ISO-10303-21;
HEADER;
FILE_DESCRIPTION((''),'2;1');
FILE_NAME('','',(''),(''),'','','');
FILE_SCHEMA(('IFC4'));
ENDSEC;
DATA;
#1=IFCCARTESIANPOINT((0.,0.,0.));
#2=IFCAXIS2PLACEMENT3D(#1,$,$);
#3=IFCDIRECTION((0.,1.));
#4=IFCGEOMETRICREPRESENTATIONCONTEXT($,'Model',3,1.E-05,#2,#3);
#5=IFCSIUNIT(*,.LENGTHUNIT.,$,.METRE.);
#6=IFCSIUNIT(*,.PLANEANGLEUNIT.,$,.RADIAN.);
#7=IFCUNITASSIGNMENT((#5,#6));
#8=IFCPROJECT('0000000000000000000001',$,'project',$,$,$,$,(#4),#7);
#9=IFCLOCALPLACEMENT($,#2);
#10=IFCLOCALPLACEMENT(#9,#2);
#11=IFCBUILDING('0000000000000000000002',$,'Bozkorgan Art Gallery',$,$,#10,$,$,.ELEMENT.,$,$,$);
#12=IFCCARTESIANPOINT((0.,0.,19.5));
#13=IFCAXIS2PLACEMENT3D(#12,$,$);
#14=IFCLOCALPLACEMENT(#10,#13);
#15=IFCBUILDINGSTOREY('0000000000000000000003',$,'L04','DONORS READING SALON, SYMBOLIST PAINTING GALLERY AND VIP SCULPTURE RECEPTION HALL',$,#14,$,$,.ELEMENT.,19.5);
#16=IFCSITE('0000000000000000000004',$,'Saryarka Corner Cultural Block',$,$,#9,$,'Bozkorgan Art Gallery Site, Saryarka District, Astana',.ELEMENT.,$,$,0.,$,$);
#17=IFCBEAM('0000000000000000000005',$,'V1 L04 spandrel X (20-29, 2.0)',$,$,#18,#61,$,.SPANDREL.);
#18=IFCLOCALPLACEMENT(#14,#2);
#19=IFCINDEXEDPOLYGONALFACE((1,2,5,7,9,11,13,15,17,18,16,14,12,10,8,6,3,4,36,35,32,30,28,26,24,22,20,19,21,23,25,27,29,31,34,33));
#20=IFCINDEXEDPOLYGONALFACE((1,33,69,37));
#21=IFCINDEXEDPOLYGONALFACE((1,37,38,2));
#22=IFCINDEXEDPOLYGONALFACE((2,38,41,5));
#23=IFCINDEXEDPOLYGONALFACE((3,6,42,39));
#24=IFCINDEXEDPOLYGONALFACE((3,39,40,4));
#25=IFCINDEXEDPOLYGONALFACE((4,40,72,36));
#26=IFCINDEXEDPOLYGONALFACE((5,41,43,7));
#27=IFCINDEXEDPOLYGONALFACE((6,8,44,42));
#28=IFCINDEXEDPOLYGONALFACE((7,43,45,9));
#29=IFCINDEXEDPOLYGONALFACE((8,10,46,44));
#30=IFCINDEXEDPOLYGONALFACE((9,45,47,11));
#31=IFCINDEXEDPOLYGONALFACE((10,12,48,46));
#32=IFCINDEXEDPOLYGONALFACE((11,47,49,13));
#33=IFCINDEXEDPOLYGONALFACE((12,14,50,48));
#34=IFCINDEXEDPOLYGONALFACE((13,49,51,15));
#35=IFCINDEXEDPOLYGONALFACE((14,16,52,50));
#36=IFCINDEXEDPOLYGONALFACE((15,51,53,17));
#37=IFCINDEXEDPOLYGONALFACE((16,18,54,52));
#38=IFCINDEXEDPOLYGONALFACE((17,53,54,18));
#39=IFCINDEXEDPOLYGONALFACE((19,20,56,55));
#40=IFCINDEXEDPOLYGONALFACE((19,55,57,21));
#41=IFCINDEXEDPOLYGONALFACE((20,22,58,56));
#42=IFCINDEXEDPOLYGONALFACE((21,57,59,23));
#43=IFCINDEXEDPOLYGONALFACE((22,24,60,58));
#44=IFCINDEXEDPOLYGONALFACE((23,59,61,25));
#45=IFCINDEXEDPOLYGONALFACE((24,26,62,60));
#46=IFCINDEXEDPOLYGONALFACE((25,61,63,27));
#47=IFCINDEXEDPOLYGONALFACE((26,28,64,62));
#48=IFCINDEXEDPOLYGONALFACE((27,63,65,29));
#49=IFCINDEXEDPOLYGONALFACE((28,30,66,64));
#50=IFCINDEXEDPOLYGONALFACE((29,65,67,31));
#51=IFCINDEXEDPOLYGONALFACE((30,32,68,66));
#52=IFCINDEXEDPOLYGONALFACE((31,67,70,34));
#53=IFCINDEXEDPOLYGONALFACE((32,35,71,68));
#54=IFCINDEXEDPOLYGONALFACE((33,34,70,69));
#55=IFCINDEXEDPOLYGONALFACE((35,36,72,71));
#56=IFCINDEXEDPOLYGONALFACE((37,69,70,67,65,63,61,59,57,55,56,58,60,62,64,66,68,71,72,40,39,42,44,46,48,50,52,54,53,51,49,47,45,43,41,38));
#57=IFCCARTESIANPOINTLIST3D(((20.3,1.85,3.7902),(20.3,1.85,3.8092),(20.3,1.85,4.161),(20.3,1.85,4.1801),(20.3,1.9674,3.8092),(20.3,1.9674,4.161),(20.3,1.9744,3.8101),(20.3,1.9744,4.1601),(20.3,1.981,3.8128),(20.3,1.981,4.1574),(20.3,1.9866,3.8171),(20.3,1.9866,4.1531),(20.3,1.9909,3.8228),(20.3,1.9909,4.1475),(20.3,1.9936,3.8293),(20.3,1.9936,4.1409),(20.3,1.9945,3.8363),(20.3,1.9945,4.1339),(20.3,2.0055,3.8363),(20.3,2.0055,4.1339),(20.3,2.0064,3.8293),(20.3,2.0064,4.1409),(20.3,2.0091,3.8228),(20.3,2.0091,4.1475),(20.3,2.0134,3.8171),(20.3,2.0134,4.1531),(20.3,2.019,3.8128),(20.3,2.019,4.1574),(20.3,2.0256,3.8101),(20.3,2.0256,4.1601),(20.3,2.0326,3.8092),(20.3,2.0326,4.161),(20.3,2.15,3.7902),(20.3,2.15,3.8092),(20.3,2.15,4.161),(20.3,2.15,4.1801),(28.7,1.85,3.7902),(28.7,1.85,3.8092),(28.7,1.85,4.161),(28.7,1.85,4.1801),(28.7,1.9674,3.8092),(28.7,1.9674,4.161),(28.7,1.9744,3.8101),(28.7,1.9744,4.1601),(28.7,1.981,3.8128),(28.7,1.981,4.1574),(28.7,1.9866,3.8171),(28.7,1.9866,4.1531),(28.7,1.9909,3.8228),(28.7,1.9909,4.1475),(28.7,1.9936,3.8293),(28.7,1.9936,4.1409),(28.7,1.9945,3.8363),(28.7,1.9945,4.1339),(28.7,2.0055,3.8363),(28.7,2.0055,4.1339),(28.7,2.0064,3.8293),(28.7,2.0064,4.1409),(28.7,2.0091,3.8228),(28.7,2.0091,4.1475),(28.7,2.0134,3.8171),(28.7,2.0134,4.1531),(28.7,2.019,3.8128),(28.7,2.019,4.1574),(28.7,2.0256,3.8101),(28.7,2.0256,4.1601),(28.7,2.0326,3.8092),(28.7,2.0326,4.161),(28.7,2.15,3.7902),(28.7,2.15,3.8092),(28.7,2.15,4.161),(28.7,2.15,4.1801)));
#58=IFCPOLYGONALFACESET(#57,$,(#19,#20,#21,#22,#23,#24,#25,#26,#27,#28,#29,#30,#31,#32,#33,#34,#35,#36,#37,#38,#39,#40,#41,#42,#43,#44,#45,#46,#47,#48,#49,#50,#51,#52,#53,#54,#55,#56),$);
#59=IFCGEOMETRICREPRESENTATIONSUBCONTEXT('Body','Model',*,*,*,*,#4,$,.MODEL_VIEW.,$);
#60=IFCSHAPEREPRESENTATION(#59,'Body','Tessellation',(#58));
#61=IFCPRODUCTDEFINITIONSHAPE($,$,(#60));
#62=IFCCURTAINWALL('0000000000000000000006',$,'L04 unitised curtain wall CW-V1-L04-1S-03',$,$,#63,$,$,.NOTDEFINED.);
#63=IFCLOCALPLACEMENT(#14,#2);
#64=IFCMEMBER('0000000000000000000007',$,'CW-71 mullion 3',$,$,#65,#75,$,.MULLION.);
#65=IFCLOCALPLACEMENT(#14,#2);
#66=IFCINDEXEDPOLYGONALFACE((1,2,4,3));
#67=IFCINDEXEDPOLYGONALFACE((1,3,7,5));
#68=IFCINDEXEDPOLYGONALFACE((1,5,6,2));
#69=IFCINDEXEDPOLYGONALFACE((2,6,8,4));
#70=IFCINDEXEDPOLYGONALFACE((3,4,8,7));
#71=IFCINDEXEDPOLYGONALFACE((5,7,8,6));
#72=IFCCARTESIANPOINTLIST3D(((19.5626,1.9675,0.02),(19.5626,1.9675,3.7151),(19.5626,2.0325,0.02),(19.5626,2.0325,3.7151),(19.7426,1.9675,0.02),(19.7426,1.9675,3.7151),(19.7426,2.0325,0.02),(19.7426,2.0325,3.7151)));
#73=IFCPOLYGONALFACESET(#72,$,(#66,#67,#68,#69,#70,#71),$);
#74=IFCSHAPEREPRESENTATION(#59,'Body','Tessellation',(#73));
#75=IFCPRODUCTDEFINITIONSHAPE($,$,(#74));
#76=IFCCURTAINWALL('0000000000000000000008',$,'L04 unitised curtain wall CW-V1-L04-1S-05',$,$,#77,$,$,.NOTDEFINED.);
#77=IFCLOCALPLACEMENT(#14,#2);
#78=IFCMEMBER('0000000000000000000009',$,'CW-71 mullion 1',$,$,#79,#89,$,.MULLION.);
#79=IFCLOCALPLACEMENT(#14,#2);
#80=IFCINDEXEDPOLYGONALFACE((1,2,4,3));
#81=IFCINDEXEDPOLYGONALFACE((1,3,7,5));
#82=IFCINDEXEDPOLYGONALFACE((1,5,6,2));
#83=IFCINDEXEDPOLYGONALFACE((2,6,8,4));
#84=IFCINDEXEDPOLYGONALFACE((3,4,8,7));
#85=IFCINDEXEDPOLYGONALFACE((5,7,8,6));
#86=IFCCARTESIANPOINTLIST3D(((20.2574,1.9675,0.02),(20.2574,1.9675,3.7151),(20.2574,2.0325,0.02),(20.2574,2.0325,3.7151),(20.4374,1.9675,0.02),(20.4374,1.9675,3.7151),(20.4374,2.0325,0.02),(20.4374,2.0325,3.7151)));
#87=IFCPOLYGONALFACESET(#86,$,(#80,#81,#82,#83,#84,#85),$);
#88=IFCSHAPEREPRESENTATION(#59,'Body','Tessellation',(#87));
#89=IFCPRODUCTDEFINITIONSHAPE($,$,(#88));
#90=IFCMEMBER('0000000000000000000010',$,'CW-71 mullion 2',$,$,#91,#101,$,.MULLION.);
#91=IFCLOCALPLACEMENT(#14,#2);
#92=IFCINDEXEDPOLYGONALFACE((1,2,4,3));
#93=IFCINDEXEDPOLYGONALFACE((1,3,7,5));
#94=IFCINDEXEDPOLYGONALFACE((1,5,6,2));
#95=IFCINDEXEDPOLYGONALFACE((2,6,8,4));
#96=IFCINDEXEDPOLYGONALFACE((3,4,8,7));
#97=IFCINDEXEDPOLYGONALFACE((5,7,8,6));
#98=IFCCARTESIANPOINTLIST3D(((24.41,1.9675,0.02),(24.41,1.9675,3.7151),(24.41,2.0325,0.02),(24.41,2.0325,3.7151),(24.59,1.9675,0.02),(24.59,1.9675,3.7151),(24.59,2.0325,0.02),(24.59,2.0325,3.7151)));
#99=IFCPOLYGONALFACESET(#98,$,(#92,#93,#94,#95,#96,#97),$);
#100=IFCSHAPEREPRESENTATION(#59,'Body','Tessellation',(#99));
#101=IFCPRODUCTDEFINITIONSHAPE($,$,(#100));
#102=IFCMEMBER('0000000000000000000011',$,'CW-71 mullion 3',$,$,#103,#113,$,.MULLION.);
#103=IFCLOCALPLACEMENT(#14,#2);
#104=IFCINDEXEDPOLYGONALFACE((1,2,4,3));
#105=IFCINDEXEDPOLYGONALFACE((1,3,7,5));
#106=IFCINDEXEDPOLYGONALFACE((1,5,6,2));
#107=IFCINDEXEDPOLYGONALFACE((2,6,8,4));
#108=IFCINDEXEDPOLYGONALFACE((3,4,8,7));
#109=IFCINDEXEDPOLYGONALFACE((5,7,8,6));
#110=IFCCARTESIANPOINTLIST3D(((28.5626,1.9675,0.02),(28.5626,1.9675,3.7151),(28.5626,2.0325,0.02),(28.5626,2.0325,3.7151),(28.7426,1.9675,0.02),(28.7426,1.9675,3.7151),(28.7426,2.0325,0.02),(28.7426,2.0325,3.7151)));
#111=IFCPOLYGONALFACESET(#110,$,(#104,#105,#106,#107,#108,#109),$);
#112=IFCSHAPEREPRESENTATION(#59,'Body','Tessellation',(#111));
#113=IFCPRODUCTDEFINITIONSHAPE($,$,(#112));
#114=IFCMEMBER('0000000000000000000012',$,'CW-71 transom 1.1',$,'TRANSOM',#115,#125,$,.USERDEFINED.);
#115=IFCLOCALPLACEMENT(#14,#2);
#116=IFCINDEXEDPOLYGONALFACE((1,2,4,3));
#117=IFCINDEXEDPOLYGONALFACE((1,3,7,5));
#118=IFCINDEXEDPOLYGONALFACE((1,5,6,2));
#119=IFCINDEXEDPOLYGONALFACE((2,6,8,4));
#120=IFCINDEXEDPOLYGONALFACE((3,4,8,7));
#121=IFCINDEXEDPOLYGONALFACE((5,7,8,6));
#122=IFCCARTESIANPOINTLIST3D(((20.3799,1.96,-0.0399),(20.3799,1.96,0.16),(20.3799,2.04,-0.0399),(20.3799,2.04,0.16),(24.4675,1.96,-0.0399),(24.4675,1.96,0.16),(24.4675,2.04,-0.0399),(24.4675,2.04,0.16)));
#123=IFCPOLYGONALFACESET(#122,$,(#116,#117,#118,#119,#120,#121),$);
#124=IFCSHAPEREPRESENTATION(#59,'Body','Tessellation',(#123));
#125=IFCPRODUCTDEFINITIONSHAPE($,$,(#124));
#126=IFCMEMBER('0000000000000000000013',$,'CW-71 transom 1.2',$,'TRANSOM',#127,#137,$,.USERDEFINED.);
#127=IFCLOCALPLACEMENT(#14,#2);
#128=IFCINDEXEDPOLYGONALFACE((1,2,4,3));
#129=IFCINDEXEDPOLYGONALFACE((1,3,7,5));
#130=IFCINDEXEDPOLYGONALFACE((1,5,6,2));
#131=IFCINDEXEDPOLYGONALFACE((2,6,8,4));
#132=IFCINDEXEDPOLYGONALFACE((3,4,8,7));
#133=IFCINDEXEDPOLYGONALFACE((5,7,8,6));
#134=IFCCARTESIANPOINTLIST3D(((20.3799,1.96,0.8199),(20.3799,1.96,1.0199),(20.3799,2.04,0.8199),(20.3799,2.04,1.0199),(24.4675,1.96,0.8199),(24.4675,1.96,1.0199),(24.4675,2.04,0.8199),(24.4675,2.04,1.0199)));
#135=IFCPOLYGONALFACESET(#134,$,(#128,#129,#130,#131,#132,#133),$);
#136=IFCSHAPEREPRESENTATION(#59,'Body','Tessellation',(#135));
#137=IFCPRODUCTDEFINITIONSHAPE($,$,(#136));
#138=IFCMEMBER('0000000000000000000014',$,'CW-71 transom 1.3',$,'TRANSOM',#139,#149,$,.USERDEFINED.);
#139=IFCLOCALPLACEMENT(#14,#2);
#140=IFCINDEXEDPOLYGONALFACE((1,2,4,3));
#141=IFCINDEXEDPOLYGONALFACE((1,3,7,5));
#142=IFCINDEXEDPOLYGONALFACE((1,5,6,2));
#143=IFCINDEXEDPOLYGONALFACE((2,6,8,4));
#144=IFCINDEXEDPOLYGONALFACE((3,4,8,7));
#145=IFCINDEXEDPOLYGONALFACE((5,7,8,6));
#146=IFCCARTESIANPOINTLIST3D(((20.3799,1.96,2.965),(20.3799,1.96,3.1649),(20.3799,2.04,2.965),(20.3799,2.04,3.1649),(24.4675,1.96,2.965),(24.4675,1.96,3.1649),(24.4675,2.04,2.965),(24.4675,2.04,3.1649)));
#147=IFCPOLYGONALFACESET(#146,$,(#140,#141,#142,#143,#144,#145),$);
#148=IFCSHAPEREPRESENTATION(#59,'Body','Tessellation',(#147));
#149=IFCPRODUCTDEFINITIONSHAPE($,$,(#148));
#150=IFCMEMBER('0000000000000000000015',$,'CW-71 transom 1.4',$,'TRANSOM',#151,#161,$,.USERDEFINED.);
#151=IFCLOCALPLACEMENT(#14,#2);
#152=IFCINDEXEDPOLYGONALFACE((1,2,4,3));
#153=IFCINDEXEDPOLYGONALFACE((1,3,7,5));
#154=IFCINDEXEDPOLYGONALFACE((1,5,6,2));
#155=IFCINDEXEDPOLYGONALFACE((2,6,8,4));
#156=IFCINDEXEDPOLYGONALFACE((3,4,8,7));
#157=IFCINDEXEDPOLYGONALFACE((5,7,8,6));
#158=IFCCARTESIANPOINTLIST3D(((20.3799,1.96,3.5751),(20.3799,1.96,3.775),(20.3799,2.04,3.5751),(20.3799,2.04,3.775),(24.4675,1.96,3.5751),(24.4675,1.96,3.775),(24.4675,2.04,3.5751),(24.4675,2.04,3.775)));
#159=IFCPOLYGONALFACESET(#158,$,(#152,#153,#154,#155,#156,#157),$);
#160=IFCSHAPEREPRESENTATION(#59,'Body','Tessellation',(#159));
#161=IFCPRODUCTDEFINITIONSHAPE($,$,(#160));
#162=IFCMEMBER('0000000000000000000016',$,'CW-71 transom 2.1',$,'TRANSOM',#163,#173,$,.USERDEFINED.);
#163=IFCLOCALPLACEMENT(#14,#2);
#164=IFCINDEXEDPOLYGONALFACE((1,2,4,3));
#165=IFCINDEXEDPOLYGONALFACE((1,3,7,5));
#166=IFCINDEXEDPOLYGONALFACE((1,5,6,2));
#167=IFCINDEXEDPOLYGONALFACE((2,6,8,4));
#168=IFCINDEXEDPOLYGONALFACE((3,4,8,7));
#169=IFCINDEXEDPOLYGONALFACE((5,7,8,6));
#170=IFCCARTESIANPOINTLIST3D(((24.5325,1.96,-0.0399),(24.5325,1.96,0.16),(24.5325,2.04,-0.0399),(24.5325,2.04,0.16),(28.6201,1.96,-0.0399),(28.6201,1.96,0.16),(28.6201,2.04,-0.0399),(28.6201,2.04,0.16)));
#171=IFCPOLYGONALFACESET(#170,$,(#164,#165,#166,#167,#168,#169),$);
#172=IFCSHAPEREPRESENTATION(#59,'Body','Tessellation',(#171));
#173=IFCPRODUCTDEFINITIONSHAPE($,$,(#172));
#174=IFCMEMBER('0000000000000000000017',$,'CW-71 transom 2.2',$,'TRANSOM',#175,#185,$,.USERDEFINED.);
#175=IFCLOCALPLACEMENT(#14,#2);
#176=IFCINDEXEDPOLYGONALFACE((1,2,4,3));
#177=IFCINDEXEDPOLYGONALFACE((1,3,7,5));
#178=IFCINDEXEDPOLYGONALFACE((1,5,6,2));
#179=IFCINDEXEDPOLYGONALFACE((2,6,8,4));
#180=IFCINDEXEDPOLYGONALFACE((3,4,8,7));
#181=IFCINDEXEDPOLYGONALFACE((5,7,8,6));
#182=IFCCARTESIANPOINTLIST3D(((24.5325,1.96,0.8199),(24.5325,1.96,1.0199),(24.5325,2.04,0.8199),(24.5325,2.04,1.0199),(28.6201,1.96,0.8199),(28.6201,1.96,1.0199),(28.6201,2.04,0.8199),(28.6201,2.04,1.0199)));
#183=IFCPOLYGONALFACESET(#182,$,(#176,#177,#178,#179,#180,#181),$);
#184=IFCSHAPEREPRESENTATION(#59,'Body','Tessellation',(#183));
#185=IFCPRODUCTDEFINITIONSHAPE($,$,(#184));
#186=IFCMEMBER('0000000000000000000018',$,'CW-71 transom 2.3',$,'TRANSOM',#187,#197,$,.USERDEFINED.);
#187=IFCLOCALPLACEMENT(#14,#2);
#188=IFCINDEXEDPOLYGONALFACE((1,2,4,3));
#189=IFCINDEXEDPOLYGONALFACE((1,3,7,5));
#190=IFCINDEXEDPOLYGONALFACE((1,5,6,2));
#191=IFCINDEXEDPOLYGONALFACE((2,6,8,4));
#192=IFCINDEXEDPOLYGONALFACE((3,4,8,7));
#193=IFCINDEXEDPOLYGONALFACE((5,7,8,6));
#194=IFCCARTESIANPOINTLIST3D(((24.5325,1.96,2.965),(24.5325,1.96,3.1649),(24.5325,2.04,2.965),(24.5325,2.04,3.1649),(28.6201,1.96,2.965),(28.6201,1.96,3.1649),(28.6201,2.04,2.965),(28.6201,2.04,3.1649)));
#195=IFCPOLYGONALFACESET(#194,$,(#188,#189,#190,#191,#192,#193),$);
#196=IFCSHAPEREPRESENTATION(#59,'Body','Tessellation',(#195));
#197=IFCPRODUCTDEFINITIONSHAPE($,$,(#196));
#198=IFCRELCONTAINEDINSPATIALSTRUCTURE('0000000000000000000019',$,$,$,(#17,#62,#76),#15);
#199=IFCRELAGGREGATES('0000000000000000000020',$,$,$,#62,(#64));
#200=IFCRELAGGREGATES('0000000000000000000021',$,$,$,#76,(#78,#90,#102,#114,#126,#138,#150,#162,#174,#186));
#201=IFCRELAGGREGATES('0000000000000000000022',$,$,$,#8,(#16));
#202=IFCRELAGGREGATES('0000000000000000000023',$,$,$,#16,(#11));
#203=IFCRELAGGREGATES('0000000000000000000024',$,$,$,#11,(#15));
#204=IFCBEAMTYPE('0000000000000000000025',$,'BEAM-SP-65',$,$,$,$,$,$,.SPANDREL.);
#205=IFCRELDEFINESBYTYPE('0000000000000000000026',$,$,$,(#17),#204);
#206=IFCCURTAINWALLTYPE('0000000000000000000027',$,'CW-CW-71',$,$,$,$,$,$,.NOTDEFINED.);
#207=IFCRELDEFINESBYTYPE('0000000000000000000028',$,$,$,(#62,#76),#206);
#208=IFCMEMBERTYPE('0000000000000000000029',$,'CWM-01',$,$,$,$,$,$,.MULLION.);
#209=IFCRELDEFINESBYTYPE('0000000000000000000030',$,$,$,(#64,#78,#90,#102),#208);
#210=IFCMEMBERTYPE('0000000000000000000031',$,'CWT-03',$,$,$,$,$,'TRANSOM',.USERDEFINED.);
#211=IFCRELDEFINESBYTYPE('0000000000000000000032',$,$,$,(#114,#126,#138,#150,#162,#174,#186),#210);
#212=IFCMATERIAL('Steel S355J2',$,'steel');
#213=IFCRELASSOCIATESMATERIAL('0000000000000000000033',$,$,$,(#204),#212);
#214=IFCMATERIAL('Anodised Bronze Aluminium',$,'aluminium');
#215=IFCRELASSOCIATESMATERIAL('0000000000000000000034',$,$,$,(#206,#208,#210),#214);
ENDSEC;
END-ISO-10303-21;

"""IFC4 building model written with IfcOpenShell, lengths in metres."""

from ifc_helpers import new_model, si_unit, direction, frame, origin, origin_2d, place, context, subcontext, project, spatial, rectangle, i_section, extrude, material, material_profile, profile_set, type_object, element, aggregate, save


model = new_model("IFC4")

# Units and contexts
model_context = context("Model", 3, precision=1e-05, world=origin(), true_north=direction((0.0, 1.0)))
body_context = subcontext(model_context, "Body", "Model", "MODEL_VIEW")
ifc_project = project(units=[si_unit("LENGTHUNIT", "METRE"), si_unit("PLANEANGLEUNIT", "RADIAN")], contexts=[model_context])

# Site, building, storey
site_placement = place(None, origin())
site = spatial("IfcSite", under=ifc_project, at=site_placement, Name="Saryarka Corner Cultural Block", LongName="Bozkorgan Art Gallery Site, Saryarka District, Astana", CompositionType="ELEMENT", RefElevation=0.0)
building_placement = place(site_placement, origin())
building = spatial("IfcBuilding", under=site, at=building_placement, Name="Bozkorgan Art Gallery", CompositionType="ELEMENT")
storey_placement = place(building_placement, frame((0.0, 0.0, 19.5)))
storey = spatial("IfcBuildingStorey", under=building, at=storey_placement, Name="L04", Description="DONORS READING SALON, SYMBOLIST PAINTING GALLERY AND VIP SCULPTURE RECEPTION HALL", CompositionType="ELEMENT", Elevation=19.5)

# Beam
ifc_material_1 = material(Name="Steel S355J2", Category="steel")
ifc_material_profile_1 = material_profile(ifc_material_1, i_section(OverallWidth=0.3, OverallDepth=0.3899, WebThickness=0.011, FlangeThickness=0.019, FilletRadius=0.0271, at=origin_2d()), Name="HEA 400")
ifc_profile_set_1 = profile_set([ifc_material_profile_1], Name="Steel S355J2")
beam_type_1 = type_object("IfcBeamType", Name="BEAM-SP-65", PredefinedType="SPANDREL", material=ifc_profile_set_1)
beam_1_placement = place(storey_placement, frame((20.3, 2.0, 3.9851), z_axis=(1.0, 0.0, 0.0), x_axis=(0.0, 1.0, 0.0)))
element("IfcBeam", 1, at=beam_1_placement, inside=storey, type_object=beam_type_1, Name="V1 L04 spandrel X (20-29, 2.0)", PredefinedType="SPANDREL", context=body_context, shape_type="SweptSolid", body=[
    extrude(i_section(OverallWidth=0.3, OverallDepth=0.3899, WebThickness=0.011, FlangeThickness=0.019, FilletRadius=0.0271, at=origin_2d()), origin(), (0.0, 0.0, 1.0), 8.3999),
])

# Curtain wall, member
ifc_material_2 = material(Name="Anodised Bronze Aluminium", Category="aluminium")
curtain_wall_type = type_object("IfcCurtainWallType", Name="CW-CW-71", PredefinedType="NOTDEFINED", material=ifc_material_2)
curtain_wall_1_placement = place(storey_placement, origin())
curtain_wall_1 = element("IfcCurtainWall", 2, at=curtain_wall_1_placement, inside=storey, type_object=curtain_wall_type, Name="L04 unitised curtain wall CW-V1-L04-1S-03", PredefinedType="NOTDEFINED")
ifc_material_profile_2 = material_profile(ifc_material_2, rectangle(XDim=0.0649, YDim=0.1799, at=origin_2d()), Name="ALU MULLION 65x180")
ifc_profile_set_2 = profile_set([ifc_material_profile_2], Name="Anodised Bronze Aluminium")
member_type_1 = type_object("IfcMemberType", Name="CWM-01", PredefinedType="MULLION", material=ifc_profile_set_2)
member_1_placement = place(storey_placement, frame((19.6526, 2.0, 0.02), z_axis=(0.0, 0.0, 1.0), x_axis=(0.0, 1.0, 0.0)))
member_1 = element("IfcMember", 3, at=member_1_placement, type_object=member_type_1, Name="CW-71 mullion 3", PredefinedType="MULLION", context=body_context, shape_type="SweptSolid", body=[
    extrude(rectangle(XDim=0.0649, YDim=0.1799, at=origin_2d()), origin(), (0.0, 0.0, 1.0), 3.6951),
])

# Curtain wall, members
curtain_wall_2_placement = place(storey_placement, origin())
curtain_wall_2 = element("IfcCurtainWall", 4, at=curtain_wall_2_placement, inside=storey, type_object=curtain_wall_type, Name="L04 unitised curtain wall CW-V1-L04-1S-05", PredefinedType="NOTDEFINED")
member_2_placement = place(storey_placement, frame((20.3474, 2.0, 0.02), z_axis=(0.0, 0.0, 1.0), x_axis=(0.0, 1.0, 0.0)))
member_2 = element("IfcMember", 5, at=member_2_placement, type_object=member_type_1, Name="CW-71 mullion 1", PredefinedType="MULLION", context=body_context, shape_type="SweptSolid", body=[
    extrude(rectangle(XDim=0.0649, YDim=0.1799, at=origin_2d()), origin(), (0.0, 0.0, 1.0), 3.6951),
])
member_3_placement = place(storey_placement, frame((24.5, 2.0, 0.02), z_axis=(0.0, 0.0, 1.0), x_axis=(0.0, 1.0, 0.0)))
member_3 = element("IfcMember", 6, at=member_3_placement, type_object=member_type_1, Name="CW-71 mullion 2", PredefinedType="MULLION", context=body_context, shape_type="SweptSolid", body=[
    extrude(rectangle(XDim=0.0649, YDim=0.1799, at=origin_2d()), origin(), (0.0, 0.0, 1.0), 3.6951),
])
member_4_placement = place(storey_placement, frame((28.6526, 2.0, 0.02), z_axis=(0.0, 0.0, 1.0), x_axis=(0.0, 1.0, 0.0)))
member_4 = element("IfcMember", 7, at=member_4_placement, type_object=member_type_1, Name="CW-71 mullion 3", PredefinedType="MULLION", context=body_context, shape_type="SweptSolid", body=[
    extrude(rectangle(XDim=0.0649, YDim=0.1799, at=origin_2d()), origin(), (0.0, 0.0, 1.0), 3.6951),
])
ifc_material_profile_3 = material_profile(ifc_material_2, rectangle(XDim=0.0801, YDim=0.2, at=origin_2d()), Name="ALU TRANSOM 80x200")
ifc_profile_set_3 = profile_set([ifc_material_profile_3], Name="Anodised Bronze Aluminium")
member_type_2 = type_object("IfcMemberType", Name="CWT-03", ElementType="TRANSOM", PredefinedType="USERDEFINED", material=ifc_profile_set_3)
member_5_placement = place(storey_placement, frame((20.3799, 2.0, 0.0601), z_axis=(1.0, 0.0, 0.0), x_axis=(0.0, 1.0, 0.0)))
member_5 = element("IfcMember", 8, at=member_5_placement, type_object=member_type_2, Name="CW-71 transom 1.1", ObjectType="TRANSOM", PredefinedType="USERDEFINED", context=body_context, shape_type="SweptSolid", body=[
    extrude(rectangle(XDim=0.0801, YDim=0.2, at=origin_2d()), origin(), (0.0, 0.0, 1.0), 4.0876),
])
member_6_placement = place(storey_placement, frame((20.3799, 2.0, 0.9199), z_axis=(1.0, 0.0, 0.0), x_axis=(0.0, 1.0, 0.0)))
member_6 = element("IfcMember", 9, at=member_6_placement, type_object=member_type_2, Name="CW-71 transom 1.2", ObjectType="TRANSOM", PredefinedType="USERDEFINED", context=body_context, shape_type="SweptSolid", body=[
    extrude(rectangle(XDim=0.0801, YDim=0.2, at=origin_2d()), origin(), (0.0, 0.0, 1.0), 4.0876),
])
member_7_placement = place(storey_placement, frame((20.3799, 2.0, 3.0649), z_axis=(1.0, 0.0, 0.0), x_axis=(0.0, 1.0, 0.0)))
member_7 = element("IfcMember", 10, at=member_7_placement, type_object=member_type_2, Name="CW-71 transom 1.3", ObjectType="TRANSOM", PredefinedType="USERDEFINED", context=body_context, shape_type="SweptSolid", body=[
    extrude(rectangle(XDim=0.0801, YDim=0.2, at=origin_2d()), origin(), (0.0, 0.0, 1.0), 4.0876),
])
member_8_placement = place(storey_placement, frame((20.3799, 2.0, 3.675), z_axis=(1.0, 0.0, 0.0), x_axis=(0.0, 1.0, 0.0)))
member_8 = element("IfcMember", 11, at=member_8_placement, type_object=member_type_2, Name="CW-71 transom 1.4", ObjectType="TRANSOM", PredefinedType="USERDEFINED", context=body_context, shape_type="SweptSolid", body=[
    extrude(rectangle(XDim=0.0801, YDim=0.2, at=origin_2d()), origin(), (0.0, 0.0, 1.0), 4.0876),
])
member_9_placement = place(storey_placement, frame((24.5325, 2.0, 0.0601), z_axis=(1.0, 0.0, 0.0), x_axis=(0.0, 1.0, 0.0)))
member_9 = element("IfcMember", 12, at=member_9_placement, type_object=member_type_2, Name="CW-71 transom 2.1", ObjectType="TRANSOM", PredefinedType="USERDEFINED", context=body_context, shape_type="SweptSolid", body=[
    extrude(rectangle(XDim=0.0801, YDim=0.2, at=origin_2d()), origin(), (0.0, 0.0, 1.0), 4.0876),
])
member_10_placement = place(storey_placement, frame((24.5325, 2.0, 0.9199), z_axis=(1.0, 0.0, 0.0), x_axis=(0.0, 1.0, 0.0)))
member_10 = element("IfcMember", 13, at=member_10_placement, type_object=member_type_2, Name="CW-71 transom 2.2", ObjectType="TRANSOM", PredefinedType="USERDEFINED", context=body_context, shape_type="SweptSolid", body=[
    extrude(rectangle(XDim=0.0801, YDim=0.2, at=origin_2d()), origin(), (0.0, 0.0, 1.0), 4.0876),
])
member_11_placement = place(storey_placement, frame((24.5325, 2.0, 3.0649), z_axis=(1.0, 0.0, 0.0), x_axis=(0.0, 1.0, 0.0)))
member_11 = element("IfcMember", 14, at=member_11_placement, type_object=member_type_2, Name="CW-71 transom 2.3", ObjectType="TRANSOM", PredefinedType="USERDEFINED", context=body_context, shape_type="SweptSolid", body=[
    extrude(rectangle(XDim=0.0801, YDim=0.2, at=origin_2d()), origin(), (0.0, 0.0, 1.0), 4.0876),
])

aggregate(curtain_wall_1, [member_1])
aggregate(curtain_wall_2, [member_2, member_3, member_4, member_5, member_6, member_7, member_8, member_9, member_10, member_11])

save(model, "model.ifc")
